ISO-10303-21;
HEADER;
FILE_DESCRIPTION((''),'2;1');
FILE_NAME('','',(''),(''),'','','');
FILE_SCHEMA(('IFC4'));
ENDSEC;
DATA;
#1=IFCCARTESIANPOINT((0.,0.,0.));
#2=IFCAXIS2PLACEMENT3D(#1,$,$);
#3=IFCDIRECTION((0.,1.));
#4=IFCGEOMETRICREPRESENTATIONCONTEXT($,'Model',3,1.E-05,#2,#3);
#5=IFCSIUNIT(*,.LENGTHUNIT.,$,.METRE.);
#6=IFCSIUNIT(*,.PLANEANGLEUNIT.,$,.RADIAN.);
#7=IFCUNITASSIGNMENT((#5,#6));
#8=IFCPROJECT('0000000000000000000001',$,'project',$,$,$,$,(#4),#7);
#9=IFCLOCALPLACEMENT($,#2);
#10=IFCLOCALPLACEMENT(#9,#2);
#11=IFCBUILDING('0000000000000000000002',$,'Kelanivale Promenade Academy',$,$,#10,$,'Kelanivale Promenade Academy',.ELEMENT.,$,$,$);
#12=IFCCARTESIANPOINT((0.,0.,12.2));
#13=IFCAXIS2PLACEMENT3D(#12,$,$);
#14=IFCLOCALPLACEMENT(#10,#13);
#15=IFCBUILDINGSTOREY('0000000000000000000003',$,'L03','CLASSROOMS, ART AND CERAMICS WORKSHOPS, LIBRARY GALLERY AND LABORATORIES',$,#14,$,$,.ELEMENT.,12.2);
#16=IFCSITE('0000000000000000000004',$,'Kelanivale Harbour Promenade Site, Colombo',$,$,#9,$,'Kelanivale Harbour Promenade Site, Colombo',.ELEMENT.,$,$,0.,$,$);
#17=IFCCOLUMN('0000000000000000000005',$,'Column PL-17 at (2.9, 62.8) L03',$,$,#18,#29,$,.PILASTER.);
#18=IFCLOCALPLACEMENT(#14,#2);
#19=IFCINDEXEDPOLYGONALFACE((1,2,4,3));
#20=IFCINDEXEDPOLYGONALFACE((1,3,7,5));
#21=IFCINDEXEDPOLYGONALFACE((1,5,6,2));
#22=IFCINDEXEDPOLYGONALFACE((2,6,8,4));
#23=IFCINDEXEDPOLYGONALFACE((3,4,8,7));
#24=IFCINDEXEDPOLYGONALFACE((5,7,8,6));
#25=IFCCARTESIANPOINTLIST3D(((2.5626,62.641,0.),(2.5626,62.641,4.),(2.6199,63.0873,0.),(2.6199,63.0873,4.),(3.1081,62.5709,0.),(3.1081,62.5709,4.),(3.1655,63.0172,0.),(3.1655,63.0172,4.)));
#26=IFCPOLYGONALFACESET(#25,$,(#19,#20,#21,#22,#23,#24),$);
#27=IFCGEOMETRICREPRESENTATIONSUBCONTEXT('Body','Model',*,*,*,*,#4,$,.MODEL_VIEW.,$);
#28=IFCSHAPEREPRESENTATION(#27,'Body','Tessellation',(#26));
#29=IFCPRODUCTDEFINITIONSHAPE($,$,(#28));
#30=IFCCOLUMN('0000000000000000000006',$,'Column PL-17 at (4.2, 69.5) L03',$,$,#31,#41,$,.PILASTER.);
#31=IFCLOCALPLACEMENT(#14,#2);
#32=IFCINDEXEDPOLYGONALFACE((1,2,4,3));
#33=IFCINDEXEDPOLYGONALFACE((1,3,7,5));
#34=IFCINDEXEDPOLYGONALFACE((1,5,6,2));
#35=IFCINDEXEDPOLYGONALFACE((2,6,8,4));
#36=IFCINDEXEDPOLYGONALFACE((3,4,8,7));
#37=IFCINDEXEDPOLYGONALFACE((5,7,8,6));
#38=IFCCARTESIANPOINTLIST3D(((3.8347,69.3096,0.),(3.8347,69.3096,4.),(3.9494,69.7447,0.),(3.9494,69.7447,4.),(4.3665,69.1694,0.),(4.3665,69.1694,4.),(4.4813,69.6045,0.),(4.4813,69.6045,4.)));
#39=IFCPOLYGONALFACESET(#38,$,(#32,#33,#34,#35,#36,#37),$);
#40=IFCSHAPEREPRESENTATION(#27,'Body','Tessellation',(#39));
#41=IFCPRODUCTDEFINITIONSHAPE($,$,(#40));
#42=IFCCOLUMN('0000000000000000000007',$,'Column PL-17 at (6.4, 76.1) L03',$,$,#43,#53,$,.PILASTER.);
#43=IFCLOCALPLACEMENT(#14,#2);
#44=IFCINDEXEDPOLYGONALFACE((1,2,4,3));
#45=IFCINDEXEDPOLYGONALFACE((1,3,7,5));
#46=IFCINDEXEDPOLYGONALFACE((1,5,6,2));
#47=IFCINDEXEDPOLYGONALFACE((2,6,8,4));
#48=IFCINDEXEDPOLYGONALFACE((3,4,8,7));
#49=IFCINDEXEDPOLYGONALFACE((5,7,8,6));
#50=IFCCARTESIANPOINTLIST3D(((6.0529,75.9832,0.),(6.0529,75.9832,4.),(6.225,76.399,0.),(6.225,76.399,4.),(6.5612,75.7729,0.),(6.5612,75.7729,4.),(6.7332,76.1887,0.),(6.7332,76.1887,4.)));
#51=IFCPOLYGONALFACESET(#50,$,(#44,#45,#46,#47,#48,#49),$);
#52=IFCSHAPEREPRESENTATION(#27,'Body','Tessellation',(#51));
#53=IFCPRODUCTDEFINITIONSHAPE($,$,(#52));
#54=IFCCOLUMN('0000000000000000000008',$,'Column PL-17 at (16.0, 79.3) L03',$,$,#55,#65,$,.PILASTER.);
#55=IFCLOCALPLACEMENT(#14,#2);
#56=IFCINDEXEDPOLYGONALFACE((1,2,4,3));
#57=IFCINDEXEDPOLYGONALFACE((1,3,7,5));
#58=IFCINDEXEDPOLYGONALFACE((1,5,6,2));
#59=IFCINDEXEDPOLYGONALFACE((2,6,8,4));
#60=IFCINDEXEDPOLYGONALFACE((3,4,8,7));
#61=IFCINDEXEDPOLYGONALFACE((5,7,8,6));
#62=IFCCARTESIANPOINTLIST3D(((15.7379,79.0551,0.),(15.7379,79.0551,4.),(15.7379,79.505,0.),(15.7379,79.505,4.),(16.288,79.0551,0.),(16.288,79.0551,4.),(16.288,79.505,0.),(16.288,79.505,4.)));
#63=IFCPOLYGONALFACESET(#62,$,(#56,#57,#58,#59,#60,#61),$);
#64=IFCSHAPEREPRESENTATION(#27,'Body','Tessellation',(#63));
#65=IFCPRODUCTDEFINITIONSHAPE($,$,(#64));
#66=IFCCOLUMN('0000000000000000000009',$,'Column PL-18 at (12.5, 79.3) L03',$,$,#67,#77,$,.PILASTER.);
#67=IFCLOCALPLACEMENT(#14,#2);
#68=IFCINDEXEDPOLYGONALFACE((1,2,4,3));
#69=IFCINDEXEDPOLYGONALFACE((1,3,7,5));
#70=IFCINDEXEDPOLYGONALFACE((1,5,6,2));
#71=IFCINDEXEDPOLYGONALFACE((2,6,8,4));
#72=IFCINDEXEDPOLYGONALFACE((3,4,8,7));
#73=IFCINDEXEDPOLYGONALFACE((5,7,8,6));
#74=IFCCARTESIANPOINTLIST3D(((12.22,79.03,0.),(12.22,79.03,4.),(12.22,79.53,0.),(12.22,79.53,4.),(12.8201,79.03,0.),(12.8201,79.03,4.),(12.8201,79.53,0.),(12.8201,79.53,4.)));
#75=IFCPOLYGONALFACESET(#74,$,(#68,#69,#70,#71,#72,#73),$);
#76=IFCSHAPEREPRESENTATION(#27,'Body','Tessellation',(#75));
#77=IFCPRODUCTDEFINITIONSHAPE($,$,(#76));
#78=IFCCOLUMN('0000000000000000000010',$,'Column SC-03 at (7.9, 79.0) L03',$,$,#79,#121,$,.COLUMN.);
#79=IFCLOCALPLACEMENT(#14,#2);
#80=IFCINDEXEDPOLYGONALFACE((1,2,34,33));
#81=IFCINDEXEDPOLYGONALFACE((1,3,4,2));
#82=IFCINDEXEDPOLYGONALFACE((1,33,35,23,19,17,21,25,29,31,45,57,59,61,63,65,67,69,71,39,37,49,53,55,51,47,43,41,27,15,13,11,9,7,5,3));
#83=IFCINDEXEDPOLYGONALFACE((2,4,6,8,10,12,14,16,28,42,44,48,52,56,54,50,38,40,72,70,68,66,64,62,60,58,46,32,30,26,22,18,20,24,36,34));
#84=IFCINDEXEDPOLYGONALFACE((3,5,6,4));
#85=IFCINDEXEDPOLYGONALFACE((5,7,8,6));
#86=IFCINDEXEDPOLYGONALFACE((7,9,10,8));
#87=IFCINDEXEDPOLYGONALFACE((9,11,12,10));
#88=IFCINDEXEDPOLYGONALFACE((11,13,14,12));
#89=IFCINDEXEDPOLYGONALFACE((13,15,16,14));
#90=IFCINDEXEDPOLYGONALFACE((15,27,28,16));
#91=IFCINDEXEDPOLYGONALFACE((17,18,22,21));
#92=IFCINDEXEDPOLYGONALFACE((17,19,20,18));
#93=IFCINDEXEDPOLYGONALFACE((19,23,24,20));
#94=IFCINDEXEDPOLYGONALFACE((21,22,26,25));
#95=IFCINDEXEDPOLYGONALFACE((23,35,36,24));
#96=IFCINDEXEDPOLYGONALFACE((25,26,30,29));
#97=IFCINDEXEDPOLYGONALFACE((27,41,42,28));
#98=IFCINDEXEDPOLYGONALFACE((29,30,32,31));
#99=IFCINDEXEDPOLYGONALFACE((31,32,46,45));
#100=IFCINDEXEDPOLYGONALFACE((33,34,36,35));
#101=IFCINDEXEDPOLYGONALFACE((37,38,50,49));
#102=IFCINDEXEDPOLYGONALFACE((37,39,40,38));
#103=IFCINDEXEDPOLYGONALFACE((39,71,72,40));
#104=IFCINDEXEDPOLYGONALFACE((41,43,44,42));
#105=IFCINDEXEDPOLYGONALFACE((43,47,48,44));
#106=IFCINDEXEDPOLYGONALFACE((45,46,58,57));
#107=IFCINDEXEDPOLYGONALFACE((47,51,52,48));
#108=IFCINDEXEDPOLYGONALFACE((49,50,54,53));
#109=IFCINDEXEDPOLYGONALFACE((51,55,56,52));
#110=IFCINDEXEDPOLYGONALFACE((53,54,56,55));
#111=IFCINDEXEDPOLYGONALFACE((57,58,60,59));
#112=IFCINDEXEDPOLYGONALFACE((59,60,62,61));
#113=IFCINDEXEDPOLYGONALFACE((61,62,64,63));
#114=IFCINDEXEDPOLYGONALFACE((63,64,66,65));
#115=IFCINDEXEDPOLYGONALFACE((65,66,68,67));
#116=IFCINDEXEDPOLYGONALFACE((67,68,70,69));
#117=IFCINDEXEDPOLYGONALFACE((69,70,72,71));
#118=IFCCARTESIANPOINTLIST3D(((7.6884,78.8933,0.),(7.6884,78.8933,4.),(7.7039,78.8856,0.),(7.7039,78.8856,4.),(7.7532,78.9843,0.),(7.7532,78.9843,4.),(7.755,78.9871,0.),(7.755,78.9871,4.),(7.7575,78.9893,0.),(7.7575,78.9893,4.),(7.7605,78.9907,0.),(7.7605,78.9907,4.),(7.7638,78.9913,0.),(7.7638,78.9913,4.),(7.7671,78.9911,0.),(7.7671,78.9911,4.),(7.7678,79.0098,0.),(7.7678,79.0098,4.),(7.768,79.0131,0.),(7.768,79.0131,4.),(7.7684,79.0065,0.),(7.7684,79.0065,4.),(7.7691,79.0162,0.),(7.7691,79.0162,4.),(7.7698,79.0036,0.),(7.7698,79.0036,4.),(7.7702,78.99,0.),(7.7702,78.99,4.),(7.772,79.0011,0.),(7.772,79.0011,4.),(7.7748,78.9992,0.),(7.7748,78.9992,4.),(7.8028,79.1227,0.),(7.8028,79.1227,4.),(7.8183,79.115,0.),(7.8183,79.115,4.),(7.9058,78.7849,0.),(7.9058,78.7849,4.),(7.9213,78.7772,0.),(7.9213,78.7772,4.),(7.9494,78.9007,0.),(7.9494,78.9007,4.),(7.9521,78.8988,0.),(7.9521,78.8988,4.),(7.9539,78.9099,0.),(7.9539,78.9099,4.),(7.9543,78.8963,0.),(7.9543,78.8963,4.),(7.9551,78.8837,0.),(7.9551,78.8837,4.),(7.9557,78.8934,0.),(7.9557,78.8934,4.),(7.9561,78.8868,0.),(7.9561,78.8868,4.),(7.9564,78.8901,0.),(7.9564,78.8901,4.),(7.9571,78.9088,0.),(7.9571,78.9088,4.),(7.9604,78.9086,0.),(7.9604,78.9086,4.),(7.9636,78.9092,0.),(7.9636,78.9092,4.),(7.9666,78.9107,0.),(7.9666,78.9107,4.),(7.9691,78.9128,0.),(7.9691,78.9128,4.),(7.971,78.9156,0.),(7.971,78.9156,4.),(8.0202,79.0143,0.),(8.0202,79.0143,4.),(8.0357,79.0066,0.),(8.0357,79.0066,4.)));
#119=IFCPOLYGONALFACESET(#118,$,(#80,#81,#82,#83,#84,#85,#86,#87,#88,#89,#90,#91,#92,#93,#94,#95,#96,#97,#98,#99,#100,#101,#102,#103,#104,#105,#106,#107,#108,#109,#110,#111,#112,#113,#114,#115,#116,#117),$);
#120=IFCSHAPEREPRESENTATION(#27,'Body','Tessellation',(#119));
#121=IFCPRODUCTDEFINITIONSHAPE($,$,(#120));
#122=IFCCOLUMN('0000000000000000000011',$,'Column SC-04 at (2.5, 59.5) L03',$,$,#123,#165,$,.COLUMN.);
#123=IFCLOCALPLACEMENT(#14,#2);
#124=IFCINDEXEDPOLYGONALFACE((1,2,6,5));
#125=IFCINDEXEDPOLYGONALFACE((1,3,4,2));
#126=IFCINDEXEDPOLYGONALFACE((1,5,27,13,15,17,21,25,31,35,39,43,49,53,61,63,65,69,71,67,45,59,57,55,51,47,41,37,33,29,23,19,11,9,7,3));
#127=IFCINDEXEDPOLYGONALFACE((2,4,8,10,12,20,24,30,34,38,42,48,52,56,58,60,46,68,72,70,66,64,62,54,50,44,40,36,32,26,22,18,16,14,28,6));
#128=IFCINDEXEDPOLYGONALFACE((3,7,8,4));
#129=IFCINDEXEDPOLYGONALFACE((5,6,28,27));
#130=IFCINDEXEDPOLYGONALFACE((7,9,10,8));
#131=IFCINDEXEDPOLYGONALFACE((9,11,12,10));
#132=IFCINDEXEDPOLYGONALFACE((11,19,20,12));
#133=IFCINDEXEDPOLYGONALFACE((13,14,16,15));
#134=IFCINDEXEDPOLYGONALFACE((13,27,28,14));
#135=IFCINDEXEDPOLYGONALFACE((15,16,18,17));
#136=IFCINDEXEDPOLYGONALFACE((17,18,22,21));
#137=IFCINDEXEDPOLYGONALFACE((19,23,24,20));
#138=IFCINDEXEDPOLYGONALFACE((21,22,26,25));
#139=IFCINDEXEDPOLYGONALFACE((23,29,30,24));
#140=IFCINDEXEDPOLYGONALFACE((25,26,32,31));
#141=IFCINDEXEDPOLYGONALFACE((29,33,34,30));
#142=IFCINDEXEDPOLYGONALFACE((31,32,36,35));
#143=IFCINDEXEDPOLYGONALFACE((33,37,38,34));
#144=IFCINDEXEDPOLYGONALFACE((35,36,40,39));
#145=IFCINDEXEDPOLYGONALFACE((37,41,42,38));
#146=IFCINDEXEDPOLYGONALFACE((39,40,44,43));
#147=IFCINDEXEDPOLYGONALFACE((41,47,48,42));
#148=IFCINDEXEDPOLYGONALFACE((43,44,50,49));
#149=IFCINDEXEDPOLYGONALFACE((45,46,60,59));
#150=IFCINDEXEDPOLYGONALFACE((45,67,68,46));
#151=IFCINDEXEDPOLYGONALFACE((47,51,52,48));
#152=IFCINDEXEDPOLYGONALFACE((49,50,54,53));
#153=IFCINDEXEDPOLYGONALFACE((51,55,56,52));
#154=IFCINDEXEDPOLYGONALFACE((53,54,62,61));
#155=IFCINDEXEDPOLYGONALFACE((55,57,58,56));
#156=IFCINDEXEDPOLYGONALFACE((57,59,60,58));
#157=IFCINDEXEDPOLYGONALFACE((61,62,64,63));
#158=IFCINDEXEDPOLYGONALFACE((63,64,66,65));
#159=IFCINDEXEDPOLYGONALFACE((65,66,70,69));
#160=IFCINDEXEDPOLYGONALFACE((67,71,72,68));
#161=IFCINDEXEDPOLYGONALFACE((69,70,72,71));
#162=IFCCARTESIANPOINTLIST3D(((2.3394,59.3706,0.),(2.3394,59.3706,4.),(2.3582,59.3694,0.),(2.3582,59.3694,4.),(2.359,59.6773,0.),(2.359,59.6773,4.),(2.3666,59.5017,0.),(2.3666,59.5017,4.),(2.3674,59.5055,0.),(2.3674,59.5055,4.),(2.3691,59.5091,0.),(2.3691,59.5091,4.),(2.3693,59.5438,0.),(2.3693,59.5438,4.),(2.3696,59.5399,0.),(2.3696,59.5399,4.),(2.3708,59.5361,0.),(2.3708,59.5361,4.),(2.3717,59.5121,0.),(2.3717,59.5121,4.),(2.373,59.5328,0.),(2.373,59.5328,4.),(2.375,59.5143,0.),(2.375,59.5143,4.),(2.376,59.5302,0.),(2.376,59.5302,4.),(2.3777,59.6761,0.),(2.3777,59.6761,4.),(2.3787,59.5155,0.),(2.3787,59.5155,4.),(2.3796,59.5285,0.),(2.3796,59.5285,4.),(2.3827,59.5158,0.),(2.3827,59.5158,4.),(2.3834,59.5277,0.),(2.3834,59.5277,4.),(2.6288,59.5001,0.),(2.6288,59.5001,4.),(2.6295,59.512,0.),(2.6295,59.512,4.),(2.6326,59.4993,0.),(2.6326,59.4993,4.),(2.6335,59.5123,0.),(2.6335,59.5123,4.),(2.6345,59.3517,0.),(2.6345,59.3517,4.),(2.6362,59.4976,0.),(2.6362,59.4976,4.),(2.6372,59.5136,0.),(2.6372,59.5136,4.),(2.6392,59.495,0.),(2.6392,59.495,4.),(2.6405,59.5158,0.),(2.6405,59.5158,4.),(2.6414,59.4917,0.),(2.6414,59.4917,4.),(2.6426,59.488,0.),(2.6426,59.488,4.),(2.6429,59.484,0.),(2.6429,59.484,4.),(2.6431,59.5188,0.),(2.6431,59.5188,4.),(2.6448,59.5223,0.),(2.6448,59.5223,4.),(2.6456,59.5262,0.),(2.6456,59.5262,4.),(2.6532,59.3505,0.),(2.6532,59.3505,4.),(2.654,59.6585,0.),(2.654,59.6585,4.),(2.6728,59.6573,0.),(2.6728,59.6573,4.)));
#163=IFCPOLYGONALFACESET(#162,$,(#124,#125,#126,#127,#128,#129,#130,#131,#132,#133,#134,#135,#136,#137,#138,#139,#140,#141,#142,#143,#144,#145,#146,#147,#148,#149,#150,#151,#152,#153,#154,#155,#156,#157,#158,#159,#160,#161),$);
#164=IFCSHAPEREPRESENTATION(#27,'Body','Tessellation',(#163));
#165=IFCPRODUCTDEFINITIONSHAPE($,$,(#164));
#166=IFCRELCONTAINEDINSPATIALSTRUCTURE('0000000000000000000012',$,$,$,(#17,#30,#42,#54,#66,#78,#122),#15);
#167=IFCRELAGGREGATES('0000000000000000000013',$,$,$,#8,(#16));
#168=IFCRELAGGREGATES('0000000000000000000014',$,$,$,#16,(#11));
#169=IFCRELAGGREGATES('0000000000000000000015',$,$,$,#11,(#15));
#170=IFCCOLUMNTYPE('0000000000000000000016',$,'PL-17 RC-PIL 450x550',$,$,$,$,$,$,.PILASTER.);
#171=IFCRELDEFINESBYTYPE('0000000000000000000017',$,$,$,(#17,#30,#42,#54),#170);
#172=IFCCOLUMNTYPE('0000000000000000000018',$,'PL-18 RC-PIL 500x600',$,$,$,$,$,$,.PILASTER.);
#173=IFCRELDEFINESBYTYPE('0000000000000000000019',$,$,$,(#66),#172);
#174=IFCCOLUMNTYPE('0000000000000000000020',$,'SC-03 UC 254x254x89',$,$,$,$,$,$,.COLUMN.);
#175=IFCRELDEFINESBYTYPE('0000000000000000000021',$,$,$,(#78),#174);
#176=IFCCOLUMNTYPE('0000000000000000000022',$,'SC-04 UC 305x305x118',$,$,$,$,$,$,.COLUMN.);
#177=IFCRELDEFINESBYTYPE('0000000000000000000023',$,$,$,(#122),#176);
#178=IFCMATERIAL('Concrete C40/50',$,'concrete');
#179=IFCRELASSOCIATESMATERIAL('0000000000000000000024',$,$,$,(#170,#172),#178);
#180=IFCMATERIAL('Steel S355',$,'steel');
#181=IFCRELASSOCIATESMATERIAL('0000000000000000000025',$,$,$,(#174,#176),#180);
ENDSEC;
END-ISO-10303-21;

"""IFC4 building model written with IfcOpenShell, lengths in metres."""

from ifc_helpers import new_model, si_unit, direction, frame, origin, origin_2d, place, context, subcontext, project, spatial, rectangle, i_section, extrude, material, material_profile, profile_set, type_object, element, save


model = new_model("IFC4")

# Units and contexts
model_context = context("Model", 3, precision=1e-05, world=origin(), true_north=direction((0.0, 1.0)))
body_context = subcontext(model_context, "Body", "Model", "MODEL_VIEW")
ifc_project = project(units=[si_unit("LENGTHUNIT", "METRE"), si_unit("PLANEANGLEUNIT", "RADIAN")], contexts=[model_context])

# Site, building, storey
site_placement = place(None, origin())
site = spatial("IfcSite", under=ifc_project, at=site_placement, Name="Kelanivale Harbour Promenade Site, Colombo", LongName="Kelanivale Harbour Promenade Site, Colombo", CompositionType="ELEMENT", RefElevation=0.0)
building_placement = place(site_placement, origin())
building = spatial("IfcBuilding", under=site, at=building_placement, Name="Kelanivale Promenade Academy", LongName="Kelanivale Promenade Academy", CompositionType="ELEMENT")
storey_placement = place(building_placement, frame((0.0, 0.0, 12.2)))
storey = spatial("IfcBuildingStorey", under=building, at=storey_placement, Name="L03", Description="CLASSROOMS, ART AND CERAMICS WORKSHOPS, LIBRARY GALLERY AND LABORATORIES", CompositionType="ELEMENT", Elevation=12.2)

# Columns
ifc_material_1 = material(Name="Concrete C40/50", Category="concrete")
ifc_material_profile_1 = material_profile(ifc_material_1, rectangle(XDim=0.45, YDim=0.55, at=origin_2d()), Name="RC-PIL 450x550")
ifc_profile_set_1 = profile_set([ifc_material_profile_1], Name="Concrete C40/50")
column_type_1 = type_object("IfcColumnType", Name="PL-17 RC-PIL 450x550", PredefinedType="PILASTER", material=ifc_profile_set_1)
for number, where, z_axis, x_axis, name in (
    (1, (2.864, 62.8291, 0.0), (0.0, 0.0, 1.0), (0.127411, 0.99185, 0.0), "Column PL-17 at (2.9, 62.8) L03"),
    (2, (4.158, 69.457, 0.0), (0.0, 0.0, 1.0), (0.254939, 0.966957, 0.0), "Column PL-17 at (4.2, 69.5) L03"),
    (3, (6.3931, 76.0859, 0.0), (0.0, 0.0, 1.0), (0.382361, 0.924013, 0.0), "Column PL-17 at (6.4, 76.1) L03"),
    (4, (16.0129, 79.28, 0.0), (0.0, 0.0, 1.0), (0.0, 1.0, 0.0), "Column PL-17 at (16.0, 79.3) L03"),
):
    element("IfcColumn", number, at=place(storey_placement, frame(where, z_axis=z_axis, x_axis=x_axis)), inside=storey, type_object=column_type_1, Name=name, PredefinedType="PILASTER", context=body_context, shape_type="SweptSolid", body=[
        extrude(rectangle(XDim=0.45, YDim=0.55, at=origin_2d()), origin(), (0.0, 0.0, 1.0), 4.0),
    ])
ifc_material_profile_2 = material_profile(ifc_material_1, rectangle(XDim=0.5, YDim=0.6001, at=origin_2d()), Name="RC-PIL 500x600")
ifc_profile_set_2 = profile_set([ifc_material_profile_2], Name="Concrete C40/50")
column_type_2 = type_object("IfcColumnType", Name="PL-18 RC-PIL 500x600", PredefinedType="PILASTER", material=ifc_profile_set_2)
column_1_placement = place(storey_placement, frame((12.52, 79.28, 0.0), z_axis=(0.0, 0.0, 1.0), x_axis=(0.0, 1.0, 0.0)))
element("IfcColumn", 5, at=column_1_placement, inside=storey, type_object=column_type_2, Name="Column PL-18 at (12.5, 79.3) L03", PredefinedType="PILASTER", context=body_context, shape_type="SweptSolid", body=[
    extrude(rectangle(XDim=0.5, YDim=0.6001, at=origin_2d()), origin(), (0.0, 0.0, 1.0), 4.0),
])
ifc_material_2 = material(Name="Steel S355", Category="steel")
ifc_material_profile_3 = material_profile(ifc_material_2, i_section(OverallWidth=0.2563, OverallDepth=0.2603, WebThickness=0.0103, FlangeThickness=0.0173, FilletRadius=0.0127, at=origin_2d()), Name="UC 254x254x89")
ifc_profile_set_3 = profile_set([ifc_material_profile_3], Name="Steel S355")
column_type_3 = type_object("IfcColumnType", Name="SC-03 UC 254x254x89", PredefinedType="COLUMN", material=ifc_profile_set_3)
column_2_placement = place(storey_placement, frame((7.8621, 78.95, 0.0), z_axis=(0.0, 0.0, 1.0), x_axis=(0.446198, 0.894934, 0.0)))
element("IfcColumn", 6, at=column_2_placement, inside=storey, type_object=column_type_3, Name="Column SC-03 at (7.9, 79.0) L03", PredefinedType="COLUMN", context=body_context, shape_type="SweptSolid", body=[
    extrude(i_section(OverallWidth=0.2563, OverallDepth=0.2603, WebThickness=0.0103, FlangeThickness=0.0173, FilletRadius=0.0127, at=origin_2d()), origin(), (0.0, 0.0, 1.0), 4.0),
])
ifc_material_profile_4 = material_profile(ifc_material_2, i_section(OverallWidth=0.3074, OverallDepth=0.3145, WebThickness=0.012, FlangeThickness=0.0188, FilletRadius=0.0151, at=origin_2d()), Name="UC 305x305x118")
ifc_profile_set_4 = profile_set([ifc_material_profile_4], Name="Steel S355")
column_type_4 = type_object("IfcColumnType", Name="SC-04 UC 305x305x118", PredefinedType="COLUMN", material=ifc_profile_set_4)
for number, where, z_axis, x_axis, name in (
    (7, (2.5061, 59.5139, 0.0), (0.0, 0.0, 1.0), (0.063661, 0.997972, 0.0), "Column SC-04 at (2.5, 59.5) L03"),
):
    element("IfcColumn", number, at=place(storey_placement, frame(where, z_axis=z_axis, x_axis=x_axis)), inside=storey, type_object=column_type_4, Name=name, PredefinedType="COLUMN", context=body_context, shape_type="SweptSolid", body=[
        extrude(i_section(OverallWidth=0.3074, OverallDepth=0.3145, WebThickness=0.012, FlangeThickness=0.0188, FilletRadius=0.0151, at=origin_2d()), origin(), (0.0, 0.0, 1.0), 4.0),
    ])

save(model, "model.ifc")
